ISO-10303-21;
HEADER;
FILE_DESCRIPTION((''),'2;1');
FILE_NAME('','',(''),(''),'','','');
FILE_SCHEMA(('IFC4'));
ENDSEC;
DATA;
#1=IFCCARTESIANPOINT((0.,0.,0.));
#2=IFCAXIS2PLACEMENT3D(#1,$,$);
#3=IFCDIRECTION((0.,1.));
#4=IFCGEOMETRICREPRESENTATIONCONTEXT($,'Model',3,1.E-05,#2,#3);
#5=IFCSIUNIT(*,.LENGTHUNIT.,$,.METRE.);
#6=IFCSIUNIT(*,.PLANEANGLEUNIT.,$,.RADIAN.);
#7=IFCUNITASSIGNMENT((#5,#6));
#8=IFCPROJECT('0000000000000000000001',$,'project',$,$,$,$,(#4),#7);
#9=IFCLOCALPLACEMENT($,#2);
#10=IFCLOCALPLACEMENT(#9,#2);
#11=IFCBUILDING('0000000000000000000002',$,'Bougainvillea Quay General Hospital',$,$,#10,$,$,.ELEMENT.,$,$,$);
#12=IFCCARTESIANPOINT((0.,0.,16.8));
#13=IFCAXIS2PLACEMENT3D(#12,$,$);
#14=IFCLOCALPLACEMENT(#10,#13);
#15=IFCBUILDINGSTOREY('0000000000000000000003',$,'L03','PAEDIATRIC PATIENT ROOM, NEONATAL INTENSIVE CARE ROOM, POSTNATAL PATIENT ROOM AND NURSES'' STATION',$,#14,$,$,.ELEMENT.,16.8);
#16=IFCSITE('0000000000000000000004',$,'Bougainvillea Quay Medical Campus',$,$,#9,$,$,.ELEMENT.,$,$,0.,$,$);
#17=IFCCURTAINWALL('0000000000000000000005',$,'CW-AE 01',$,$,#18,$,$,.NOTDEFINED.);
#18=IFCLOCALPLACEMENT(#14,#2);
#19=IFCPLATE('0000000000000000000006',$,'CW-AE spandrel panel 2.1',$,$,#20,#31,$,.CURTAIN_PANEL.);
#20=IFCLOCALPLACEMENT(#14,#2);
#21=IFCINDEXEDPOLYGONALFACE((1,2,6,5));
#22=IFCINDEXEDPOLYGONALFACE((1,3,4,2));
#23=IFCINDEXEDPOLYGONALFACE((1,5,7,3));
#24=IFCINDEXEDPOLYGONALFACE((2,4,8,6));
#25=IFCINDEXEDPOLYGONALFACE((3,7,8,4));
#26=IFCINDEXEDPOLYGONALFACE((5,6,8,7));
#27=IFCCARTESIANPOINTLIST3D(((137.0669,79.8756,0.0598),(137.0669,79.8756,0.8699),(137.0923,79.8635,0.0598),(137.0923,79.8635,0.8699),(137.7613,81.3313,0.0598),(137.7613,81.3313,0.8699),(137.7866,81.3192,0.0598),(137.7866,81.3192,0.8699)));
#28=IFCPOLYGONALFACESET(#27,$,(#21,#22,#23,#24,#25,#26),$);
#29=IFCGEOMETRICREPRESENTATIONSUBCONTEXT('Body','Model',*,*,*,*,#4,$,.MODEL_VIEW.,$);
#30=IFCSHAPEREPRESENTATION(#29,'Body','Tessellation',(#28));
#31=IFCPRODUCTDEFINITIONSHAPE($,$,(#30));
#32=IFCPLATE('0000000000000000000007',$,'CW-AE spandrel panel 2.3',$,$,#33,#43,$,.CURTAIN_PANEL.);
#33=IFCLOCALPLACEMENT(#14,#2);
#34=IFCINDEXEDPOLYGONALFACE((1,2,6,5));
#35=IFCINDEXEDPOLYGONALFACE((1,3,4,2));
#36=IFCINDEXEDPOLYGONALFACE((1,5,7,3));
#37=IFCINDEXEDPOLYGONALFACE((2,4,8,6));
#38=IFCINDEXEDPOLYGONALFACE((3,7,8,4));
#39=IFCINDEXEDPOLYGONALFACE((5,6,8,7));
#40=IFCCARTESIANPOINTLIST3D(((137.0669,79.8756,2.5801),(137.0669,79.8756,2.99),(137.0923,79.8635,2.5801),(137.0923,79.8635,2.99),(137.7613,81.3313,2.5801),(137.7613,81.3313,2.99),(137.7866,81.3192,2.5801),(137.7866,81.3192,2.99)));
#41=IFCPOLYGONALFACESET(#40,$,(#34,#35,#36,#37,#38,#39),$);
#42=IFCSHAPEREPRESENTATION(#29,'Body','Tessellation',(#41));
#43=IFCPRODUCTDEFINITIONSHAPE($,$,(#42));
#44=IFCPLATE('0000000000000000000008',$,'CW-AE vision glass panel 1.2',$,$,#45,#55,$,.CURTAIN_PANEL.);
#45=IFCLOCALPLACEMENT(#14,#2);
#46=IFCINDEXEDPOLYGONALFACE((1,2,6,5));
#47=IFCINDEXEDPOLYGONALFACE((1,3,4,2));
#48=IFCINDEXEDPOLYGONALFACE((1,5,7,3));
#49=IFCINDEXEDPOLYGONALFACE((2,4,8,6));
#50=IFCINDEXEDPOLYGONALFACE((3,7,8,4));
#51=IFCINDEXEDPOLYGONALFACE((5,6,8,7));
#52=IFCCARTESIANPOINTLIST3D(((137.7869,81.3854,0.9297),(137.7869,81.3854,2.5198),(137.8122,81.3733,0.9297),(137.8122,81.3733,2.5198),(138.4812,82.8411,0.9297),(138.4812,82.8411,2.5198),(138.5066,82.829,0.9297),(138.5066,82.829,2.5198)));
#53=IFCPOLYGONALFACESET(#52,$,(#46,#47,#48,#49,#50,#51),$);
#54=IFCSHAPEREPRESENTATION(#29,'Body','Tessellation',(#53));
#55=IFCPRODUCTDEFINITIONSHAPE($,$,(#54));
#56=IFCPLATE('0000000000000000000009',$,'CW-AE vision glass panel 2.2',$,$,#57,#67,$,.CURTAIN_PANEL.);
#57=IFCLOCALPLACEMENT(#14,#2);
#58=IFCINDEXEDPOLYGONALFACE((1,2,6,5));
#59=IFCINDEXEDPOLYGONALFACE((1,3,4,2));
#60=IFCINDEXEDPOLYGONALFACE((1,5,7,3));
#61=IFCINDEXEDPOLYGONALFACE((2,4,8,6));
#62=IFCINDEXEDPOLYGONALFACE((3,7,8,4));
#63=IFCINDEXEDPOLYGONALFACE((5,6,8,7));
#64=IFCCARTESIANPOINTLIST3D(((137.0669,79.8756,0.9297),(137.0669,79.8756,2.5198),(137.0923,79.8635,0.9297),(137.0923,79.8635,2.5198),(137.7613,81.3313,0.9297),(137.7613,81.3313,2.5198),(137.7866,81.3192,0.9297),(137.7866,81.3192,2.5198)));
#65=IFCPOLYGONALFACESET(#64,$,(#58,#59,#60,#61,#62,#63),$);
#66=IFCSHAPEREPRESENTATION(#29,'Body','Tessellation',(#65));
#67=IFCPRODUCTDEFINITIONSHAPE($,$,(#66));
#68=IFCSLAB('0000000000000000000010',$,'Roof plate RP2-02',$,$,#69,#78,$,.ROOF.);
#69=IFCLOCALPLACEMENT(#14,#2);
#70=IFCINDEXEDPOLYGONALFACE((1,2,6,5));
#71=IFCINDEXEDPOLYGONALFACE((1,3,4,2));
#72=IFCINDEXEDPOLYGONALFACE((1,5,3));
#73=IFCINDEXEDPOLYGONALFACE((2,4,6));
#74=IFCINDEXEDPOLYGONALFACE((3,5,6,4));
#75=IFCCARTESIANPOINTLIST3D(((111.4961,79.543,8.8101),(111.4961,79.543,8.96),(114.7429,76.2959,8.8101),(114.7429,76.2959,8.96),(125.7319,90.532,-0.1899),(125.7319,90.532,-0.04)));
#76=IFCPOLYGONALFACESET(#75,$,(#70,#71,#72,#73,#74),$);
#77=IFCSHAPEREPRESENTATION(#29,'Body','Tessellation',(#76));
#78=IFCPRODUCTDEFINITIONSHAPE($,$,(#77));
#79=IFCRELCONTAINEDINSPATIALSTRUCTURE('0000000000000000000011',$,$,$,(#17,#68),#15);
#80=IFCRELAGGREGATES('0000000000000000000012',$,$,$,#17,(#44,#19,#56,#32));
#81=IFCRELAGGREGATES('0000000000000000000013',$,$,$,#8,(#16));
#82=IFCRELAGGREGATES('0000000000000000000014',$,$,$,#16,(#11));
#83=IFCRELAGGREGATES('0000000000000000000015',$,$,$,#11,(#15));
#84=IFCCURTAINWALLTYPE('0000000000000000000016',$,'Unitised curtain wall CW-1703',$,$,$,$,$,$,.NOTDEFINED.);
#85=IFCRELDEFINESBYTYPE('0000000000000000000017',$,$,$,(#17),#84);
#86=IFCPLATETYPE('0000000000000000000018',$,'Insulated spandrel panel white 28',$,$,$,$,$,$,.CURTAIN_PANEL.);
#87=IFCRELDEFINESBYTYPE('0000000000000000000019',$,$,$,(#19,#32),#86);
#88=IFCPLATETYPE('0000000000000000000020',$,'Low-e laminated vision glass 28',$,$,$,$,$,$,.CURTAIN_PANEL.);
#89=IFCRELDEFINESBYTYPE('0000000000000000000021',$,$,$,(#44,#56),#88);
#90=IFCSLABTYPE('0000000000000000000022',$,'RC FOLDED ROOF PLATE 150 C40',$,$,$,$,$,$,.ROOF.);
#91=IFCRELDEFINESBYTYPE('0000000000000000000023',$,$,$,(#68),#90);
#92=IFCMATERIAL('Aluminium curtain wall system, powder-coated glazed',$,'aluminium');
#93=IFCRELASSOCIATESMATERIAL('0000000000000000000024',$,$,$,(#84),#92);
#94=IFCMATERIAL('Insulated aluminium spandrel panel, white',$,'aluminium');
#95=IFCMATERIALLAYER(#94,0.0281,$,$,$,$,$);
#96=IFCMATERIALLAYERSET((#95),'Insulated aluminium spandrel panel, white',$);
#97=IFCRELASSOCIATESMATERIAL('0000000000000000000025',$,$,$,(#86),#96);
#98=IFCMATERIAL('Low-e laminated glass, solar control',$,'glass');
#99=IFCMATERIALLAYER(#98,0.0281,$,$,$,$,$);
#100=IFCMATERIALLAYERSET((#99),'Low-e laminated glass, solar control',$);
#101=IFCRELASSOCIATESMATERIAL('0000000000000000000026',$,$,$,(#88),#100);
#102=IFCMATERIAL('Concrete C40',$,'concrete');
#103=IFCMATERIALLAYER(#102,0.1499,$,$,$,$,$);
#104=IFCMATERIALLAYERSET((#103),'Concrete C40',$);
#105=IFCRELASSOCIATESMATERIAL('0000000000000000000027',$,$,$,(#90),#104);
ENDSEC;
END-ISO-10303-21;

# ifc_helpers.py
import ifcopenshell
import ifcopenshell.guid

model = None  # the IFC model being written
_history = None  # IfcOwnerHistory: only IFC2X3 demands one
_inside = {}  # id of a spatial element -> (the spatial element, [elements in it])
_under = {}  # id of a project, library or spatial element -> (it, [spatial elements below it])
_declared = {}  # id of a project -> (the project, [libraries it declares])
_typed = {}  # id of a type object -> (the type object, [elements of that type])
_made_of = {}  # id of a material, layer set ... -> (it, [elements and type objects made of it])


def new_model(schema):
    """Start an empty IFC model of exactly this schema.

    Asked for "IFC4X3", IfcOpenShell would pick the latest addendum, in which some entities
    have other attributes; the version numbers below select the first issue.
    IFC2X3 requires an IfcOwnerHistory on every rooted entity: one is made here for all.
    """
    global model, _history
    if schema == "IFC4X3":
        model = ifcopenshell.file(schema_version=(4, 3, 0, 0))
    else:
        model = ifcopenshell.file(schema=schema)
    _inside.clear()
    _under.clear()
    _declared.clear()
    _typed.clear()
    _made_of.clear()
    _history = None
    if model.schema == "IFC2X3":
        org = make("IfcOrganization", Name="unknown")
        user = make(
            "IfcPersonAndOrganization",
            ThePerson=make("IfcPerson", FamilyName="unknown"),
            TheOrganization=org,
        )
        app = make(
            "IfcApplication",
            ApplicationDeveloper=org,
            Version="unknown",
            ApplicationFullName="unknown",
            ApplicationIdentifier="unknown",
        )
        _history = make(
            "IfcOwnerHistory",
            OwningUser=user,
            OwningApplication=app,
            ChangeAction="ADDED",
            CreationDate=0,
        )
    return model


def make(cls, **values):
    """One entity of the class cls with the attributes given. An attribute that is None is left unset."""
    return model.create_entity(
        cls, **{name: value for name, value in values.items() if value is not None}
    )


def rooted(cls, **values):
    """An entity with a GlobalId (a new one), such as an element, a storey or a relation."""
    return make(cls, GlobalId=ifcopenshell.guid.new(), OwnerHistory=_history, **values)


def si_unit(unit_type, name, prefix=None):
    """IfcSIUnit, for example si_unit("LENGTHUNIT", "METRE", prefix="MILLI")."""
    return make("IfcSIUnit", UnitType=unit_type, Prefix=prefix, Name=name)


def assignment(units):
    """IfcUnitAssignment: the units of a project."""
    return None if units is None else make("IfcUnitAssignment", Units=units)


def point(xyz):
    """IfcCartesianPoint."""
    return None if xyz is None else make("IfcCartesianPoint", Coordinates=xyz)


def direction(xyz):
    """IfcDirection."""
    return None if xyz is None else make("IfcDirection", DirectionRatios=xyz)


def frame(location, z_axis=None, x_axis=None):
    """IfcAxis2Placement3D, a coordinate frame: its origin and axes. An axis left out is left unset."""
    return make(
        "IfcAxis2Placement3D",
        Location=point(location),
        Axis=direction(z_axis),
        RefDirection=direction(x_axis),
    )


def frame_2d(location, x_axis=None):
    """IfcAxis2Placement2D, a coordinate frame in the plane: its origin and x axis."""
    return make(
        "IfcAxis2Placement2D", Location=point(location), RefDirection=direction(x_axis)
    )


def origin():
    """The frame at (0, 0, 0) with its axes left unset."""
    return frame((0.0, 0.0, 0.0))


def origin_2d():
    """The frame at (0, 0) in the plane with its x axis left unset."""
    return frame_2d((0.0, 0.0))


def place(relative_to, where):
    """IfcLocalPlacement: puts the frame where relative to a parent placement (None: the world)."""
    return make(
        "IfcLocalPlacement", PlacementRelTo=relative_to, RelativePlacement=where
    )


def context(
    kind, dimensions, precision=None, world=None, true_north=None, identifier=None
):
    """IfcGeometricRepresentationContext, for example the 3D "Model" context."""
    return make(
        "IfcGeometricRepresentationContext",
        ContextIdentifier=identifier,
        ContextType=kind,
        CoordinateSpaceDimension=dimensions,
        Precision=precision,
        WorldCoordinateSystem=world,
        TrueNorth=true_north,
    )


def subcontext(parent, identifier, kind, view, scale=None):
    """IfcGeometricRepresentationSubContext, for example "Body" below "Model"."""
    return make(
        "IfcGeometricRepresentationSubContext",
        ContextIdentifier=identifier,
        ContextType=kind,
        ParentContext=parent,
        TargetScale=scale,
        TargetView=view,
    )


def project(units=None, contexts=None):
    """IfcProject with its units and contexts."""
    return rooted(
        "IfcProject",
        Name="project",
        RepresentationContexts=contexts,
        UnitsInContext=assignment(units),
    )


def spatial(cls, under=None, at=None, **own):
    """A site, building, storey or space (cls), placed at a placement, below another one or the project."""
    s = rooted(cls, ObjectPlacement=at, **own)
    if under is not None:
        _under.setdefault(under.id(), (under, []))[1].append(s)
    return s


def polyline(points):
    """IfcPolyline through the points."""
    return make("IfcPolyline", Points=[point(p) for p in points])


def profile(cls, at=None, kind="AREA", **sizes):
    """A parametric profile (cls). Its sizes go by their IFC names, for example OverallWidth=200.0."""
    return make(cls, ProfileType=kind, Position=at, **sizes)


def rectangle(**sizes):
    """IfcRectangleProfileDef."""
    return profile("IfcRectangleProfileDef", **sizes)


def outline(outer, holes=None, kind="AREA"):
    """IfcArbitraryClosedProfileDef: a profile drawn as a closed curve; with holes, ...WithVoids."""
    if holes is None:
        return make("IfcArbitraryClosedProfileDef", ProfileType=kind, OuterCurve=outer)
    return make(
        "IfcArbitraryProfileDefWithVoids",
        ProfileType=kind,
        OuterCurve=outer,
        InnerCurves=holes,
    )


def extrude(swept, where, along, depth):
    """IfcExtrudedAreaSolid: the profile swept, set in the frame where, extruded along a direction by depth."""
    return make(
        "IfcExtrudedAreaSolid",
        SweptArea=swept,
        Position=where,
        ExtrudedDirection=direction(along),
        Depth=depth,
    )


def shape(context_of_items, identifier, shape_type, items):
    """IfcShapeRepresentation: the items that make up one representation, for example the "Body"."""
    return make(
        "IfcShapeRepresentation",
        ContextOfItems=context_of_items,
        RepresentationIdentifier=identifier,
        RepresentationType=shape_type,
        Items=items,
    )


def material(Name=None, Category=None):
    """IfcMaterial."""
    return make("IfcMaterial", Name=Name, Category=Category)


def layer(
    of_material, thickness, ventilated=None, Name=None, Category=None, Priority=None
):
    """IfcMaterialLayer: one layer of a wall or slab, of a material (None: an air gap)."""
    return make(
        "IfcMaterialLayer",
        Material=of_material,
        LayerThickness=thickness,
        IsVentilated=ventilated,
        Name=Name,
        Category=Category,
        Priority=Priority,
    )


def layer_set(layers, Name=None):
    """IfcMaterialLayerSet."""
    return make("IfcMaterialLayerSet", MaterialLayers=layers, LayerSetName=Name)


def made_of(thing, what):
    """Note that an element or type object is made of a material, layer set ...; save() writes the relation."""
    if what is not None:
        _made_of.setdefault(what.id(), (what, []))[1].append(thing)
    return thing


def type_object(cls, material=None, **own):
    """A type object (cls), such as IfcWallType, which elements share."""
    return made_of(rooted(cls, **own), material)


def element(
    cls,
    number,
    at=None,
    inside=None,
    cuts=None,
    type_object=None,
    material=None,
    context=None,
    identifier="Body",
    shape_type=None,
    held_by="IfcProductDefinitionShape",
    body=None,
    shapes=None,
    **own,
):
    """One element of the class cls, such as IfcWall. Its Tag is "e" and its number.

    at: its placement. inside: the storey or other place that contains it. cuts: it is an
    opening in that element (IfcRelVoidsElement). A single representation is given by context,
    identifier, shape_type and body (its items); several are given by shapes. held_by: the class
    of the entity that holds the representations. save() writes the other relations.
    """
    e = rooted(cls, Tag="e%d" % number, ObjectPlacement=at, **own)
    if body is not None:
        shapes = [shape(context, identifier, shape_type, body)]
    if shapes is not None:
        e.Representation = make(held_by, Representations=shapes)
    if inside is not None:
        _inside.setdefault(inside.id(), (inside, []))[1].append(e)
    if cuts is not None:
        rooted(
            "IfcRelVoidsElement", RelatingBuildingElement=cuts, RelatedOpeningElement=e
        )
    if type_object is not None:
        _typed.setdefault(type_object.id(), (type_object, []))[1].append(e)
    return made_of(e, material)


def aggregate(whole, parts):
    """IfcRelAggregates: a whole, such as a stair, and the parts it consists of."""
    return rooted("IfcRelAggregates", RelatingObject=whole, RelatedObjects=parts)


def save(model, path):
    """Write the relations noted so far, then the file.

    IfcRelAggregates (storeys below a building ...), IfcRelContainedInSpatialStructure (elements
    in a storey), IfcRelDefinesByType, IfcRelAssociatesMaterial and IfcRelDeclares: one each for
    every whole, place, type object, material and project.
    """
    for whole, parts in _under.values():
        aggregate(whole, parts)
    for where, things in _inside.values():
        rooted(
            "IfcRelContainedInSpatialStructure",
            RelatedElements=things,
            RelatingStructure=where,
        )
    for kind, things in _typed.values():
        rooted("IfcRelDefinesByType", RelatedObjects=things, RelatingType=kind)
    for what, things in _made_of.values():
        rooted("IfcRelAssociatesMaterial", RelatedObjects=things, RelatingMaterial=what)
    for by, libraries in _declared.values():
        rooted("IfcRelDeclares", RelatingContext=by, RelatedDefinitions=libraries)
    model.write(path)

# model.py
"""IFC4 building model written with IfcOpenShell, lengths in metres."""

from ifc_helpers import new_model, si_unit, direction, frame, origin, origin_2d, place, context, subcontext, project, spatial, polyline, rectangle, outline, extrude, material, layer, layer_set, type_object, element, aggregate, save


model = new_model("IFC4")

# Units and contexts
model_context = context("Model", 3, precision=1e-05, world=origin(), true_north=direction((0.0, 1.0)))
body_context = subcontext(model_context, "Body", "Model", "MODEL_VIEW")
ifc_project = project(units=[si_unit("LENGTHUNIT", "METRE"), si_unit("PLANEANGLEUNIT", "RADIAN")], contexts=[model_context])

# Site, building, storey
site_placement = place(None, origin())
site = spatial("IfcSite", under=ifc_project, at=site_placement, Name="Bougainvillea Quay Medical Campus", CompositionType="ELEMENT", RefElevation=0.0)
building_placement = place(site_placement, origin())
building = spatial("IfcBuilding", under=site, at=building_placement, Name="Bougainvillea Quay General Hospital", CompositionType="ELEMENT")
storey_placement = place(building_placement, frame((0.0, 0.0, 16.8)))
storey = spatial("IfcBuildingStorey", under=building, at=storey_placement, Name="L03", Description="PAEDIATRIC PATIENT ROOM, NEONATAL INTENSIVE CARE ROOM, POSTNATAL PATIENT ROOM AND NURSES' STATION", CompositionType="ELEMENT", Elevation=16.8)

# Shared definitions
ifc_material_1 = material(Name="Concrete C40", Category="concrete")

# Curtain wall
ifc_material_2 = material(Name="Aluminium curtain wall system, powder-coated glazed", Category="aluminium")
curtain_wall_type = type_object("IfcCurtainWallType", Name="Unitised curtain wall CW-1703", PredefinedType="NOTDEFINED", material=ifc_material_2)
curtain_wall_placement = place(storey_placement, origin())
curtain_wall = element("IfcCurtainWall", 1, at=curtain_wall_placement, inside=storey, type_object=curtain_wall_type, Name="CW-AE 01", PredefinedType="NOTDEFINED")

# Plates
ifc_material_3 = material(Name="Insulated aluminium spandrel panel, white", Category="aluminium")
ifc_layer_1 = layer(ifc_material_3, 0.0281)
ifc_layer_set_1 = layer_set([ifc_layer_1], Name="Insulated aluminium spandrel panel, white")
plate_type_1 = type_object("IfcPlateType", Name="Insulated spandrel panel white 28", PredefinedType="CURTAIN_PANEL", material=ifc_layer_set_1)
plate_1_placement = place(storey_placement, frame((137.4268, 80.5974, 0.0598), z_axis=(0.0, 0.0, 1.0), x_axis=(-0.430525, -0.902578, 0.0)))
plate_1 = element("IfcPlate", 2, at=plate_1_placement, type_object=plate_type_1, Name="CW-AE spandrel panel 2.1", PredefinedType="CURTAIN_PANEL", context=body_context, shape_type="SweptSolid", body=[
    extrude(rectangle(XDim=1.6128, YDim=0.0281, at=origin_2d()), origin(), (0.0, 0.0, 1.0), 0.8101),
])
plate_2_placement = place(storey_placement, frame((137.4268, 80.5974, 2.5801), z_axis=(0.0, 0.0, 1.0), x_axis=(-0.430525, -0.902578, 0.0)))
plate_2 = element("IfcPlate", 3, at=plate_2_placement, type_object=plate_type_1, Name="CW-AE spandrel panel 2.3", PredefinedType="CURTAIN_PANEL", context=body_context, shape_type="SweptSolid", body=[
    extrude(rectangle(XDim=1.6128, YDim=0.0281, at=origin_2d()), origin(), (0.0, 0.0, 1.0), 0.4099),
])
ifc_material_4 = material(Name="Low-e laminated glass, solar control", Category="glass")
ifc_layer_2 = layer(ifc_material_4, 0.0281)
ifc_layer_set_2 = layer_set([ifc_layer_2], Name="Low-e laminated glass, solar control")
plate_type_2 = type_object("IfcPlateType", Name="Low-e laminated vision glass 28", PredefinedType="CURTAIN_PANEL", material=ifc_layer_set_2)
plate_3_placement = place(storey_placement, frame((138.1467, 82.1072, 0.9297), z_axis=(0.0, 0.0, 1.0), x_axis=(-0.430525, -0.902578, 0.0)))
plate_3 = element("IfcPlate", 4, at=plate_3_placement, type_object=plate_type_2, Name="CW-AE vision glass panel 1.2", PredefinedType="CURTAIN_PANEL", context=body_context, shape_type="SweptSolid", body=[
    extrude(rectangle(XDim=1.6128, YDim=0.0281, at=origin_2d()), origin(), (0.0, 0.0, 1.0), 1.5901),
])
plate_4_placement = place(storey_placement, frame((137.4268, 80.5974, 0.9297), z_axis=(0.0, 0.0, 1.0), x_axis=(-0.430525, -0.902578, 0.0)))
plate_4 = element("IfcPlate", 5, at=plate_4_placement, type_object=plate_type_2, Name="CW-AE vision glass panel 2.2", PredefinedType="CURTAIN_PANEL", context=body_context, shape_type="SweptSolid", body=[
    extrude(rectangle(XDim=1.6128, YDim=0.0281, at=origin_2d()), origin(), (0.0, 0.0, 1.0), 1.5901),
])
aggregate(curtain_wall, [plate_3, plate_1, plate_4, plate_2])

# Slab
ifc_layer_3 = layer(ifc_material_1, 0.1499)
ifc_layer_set_3 = layer_set([ifc_layer_3], Name="Concrete C40")
slab_type = type_object("IfcSlabType", Name="RC FOLDED ROOF PLATE 150 C40", PredefinedType="ROOF", material=ifc_layer_set_3)
slab_placement = place(storey_placement, frame((125.7319, 90.532, -0.04), z_axis=(0.318549, 0.318525, 0.892787), x_axis=(-0.546437, -0.7079, 0.447532)))
element("IfcSlab", 6, at=slab_placement, inside=storey, type_object=slab_type, Name="Roof plate RP2-02", PredefinedType="ROOF", context=body_context, shape_type="SweptSolid", body=[
    extrude(outline(polyline([(0.0, 0.0), (20.1103, 0.0), (19.5859, -4.5618), (0.0, 0.0)])), origin(), (-0.447532, 0.051447, -0.892787), 0.1499),
])

save(model, "model.ifc")
